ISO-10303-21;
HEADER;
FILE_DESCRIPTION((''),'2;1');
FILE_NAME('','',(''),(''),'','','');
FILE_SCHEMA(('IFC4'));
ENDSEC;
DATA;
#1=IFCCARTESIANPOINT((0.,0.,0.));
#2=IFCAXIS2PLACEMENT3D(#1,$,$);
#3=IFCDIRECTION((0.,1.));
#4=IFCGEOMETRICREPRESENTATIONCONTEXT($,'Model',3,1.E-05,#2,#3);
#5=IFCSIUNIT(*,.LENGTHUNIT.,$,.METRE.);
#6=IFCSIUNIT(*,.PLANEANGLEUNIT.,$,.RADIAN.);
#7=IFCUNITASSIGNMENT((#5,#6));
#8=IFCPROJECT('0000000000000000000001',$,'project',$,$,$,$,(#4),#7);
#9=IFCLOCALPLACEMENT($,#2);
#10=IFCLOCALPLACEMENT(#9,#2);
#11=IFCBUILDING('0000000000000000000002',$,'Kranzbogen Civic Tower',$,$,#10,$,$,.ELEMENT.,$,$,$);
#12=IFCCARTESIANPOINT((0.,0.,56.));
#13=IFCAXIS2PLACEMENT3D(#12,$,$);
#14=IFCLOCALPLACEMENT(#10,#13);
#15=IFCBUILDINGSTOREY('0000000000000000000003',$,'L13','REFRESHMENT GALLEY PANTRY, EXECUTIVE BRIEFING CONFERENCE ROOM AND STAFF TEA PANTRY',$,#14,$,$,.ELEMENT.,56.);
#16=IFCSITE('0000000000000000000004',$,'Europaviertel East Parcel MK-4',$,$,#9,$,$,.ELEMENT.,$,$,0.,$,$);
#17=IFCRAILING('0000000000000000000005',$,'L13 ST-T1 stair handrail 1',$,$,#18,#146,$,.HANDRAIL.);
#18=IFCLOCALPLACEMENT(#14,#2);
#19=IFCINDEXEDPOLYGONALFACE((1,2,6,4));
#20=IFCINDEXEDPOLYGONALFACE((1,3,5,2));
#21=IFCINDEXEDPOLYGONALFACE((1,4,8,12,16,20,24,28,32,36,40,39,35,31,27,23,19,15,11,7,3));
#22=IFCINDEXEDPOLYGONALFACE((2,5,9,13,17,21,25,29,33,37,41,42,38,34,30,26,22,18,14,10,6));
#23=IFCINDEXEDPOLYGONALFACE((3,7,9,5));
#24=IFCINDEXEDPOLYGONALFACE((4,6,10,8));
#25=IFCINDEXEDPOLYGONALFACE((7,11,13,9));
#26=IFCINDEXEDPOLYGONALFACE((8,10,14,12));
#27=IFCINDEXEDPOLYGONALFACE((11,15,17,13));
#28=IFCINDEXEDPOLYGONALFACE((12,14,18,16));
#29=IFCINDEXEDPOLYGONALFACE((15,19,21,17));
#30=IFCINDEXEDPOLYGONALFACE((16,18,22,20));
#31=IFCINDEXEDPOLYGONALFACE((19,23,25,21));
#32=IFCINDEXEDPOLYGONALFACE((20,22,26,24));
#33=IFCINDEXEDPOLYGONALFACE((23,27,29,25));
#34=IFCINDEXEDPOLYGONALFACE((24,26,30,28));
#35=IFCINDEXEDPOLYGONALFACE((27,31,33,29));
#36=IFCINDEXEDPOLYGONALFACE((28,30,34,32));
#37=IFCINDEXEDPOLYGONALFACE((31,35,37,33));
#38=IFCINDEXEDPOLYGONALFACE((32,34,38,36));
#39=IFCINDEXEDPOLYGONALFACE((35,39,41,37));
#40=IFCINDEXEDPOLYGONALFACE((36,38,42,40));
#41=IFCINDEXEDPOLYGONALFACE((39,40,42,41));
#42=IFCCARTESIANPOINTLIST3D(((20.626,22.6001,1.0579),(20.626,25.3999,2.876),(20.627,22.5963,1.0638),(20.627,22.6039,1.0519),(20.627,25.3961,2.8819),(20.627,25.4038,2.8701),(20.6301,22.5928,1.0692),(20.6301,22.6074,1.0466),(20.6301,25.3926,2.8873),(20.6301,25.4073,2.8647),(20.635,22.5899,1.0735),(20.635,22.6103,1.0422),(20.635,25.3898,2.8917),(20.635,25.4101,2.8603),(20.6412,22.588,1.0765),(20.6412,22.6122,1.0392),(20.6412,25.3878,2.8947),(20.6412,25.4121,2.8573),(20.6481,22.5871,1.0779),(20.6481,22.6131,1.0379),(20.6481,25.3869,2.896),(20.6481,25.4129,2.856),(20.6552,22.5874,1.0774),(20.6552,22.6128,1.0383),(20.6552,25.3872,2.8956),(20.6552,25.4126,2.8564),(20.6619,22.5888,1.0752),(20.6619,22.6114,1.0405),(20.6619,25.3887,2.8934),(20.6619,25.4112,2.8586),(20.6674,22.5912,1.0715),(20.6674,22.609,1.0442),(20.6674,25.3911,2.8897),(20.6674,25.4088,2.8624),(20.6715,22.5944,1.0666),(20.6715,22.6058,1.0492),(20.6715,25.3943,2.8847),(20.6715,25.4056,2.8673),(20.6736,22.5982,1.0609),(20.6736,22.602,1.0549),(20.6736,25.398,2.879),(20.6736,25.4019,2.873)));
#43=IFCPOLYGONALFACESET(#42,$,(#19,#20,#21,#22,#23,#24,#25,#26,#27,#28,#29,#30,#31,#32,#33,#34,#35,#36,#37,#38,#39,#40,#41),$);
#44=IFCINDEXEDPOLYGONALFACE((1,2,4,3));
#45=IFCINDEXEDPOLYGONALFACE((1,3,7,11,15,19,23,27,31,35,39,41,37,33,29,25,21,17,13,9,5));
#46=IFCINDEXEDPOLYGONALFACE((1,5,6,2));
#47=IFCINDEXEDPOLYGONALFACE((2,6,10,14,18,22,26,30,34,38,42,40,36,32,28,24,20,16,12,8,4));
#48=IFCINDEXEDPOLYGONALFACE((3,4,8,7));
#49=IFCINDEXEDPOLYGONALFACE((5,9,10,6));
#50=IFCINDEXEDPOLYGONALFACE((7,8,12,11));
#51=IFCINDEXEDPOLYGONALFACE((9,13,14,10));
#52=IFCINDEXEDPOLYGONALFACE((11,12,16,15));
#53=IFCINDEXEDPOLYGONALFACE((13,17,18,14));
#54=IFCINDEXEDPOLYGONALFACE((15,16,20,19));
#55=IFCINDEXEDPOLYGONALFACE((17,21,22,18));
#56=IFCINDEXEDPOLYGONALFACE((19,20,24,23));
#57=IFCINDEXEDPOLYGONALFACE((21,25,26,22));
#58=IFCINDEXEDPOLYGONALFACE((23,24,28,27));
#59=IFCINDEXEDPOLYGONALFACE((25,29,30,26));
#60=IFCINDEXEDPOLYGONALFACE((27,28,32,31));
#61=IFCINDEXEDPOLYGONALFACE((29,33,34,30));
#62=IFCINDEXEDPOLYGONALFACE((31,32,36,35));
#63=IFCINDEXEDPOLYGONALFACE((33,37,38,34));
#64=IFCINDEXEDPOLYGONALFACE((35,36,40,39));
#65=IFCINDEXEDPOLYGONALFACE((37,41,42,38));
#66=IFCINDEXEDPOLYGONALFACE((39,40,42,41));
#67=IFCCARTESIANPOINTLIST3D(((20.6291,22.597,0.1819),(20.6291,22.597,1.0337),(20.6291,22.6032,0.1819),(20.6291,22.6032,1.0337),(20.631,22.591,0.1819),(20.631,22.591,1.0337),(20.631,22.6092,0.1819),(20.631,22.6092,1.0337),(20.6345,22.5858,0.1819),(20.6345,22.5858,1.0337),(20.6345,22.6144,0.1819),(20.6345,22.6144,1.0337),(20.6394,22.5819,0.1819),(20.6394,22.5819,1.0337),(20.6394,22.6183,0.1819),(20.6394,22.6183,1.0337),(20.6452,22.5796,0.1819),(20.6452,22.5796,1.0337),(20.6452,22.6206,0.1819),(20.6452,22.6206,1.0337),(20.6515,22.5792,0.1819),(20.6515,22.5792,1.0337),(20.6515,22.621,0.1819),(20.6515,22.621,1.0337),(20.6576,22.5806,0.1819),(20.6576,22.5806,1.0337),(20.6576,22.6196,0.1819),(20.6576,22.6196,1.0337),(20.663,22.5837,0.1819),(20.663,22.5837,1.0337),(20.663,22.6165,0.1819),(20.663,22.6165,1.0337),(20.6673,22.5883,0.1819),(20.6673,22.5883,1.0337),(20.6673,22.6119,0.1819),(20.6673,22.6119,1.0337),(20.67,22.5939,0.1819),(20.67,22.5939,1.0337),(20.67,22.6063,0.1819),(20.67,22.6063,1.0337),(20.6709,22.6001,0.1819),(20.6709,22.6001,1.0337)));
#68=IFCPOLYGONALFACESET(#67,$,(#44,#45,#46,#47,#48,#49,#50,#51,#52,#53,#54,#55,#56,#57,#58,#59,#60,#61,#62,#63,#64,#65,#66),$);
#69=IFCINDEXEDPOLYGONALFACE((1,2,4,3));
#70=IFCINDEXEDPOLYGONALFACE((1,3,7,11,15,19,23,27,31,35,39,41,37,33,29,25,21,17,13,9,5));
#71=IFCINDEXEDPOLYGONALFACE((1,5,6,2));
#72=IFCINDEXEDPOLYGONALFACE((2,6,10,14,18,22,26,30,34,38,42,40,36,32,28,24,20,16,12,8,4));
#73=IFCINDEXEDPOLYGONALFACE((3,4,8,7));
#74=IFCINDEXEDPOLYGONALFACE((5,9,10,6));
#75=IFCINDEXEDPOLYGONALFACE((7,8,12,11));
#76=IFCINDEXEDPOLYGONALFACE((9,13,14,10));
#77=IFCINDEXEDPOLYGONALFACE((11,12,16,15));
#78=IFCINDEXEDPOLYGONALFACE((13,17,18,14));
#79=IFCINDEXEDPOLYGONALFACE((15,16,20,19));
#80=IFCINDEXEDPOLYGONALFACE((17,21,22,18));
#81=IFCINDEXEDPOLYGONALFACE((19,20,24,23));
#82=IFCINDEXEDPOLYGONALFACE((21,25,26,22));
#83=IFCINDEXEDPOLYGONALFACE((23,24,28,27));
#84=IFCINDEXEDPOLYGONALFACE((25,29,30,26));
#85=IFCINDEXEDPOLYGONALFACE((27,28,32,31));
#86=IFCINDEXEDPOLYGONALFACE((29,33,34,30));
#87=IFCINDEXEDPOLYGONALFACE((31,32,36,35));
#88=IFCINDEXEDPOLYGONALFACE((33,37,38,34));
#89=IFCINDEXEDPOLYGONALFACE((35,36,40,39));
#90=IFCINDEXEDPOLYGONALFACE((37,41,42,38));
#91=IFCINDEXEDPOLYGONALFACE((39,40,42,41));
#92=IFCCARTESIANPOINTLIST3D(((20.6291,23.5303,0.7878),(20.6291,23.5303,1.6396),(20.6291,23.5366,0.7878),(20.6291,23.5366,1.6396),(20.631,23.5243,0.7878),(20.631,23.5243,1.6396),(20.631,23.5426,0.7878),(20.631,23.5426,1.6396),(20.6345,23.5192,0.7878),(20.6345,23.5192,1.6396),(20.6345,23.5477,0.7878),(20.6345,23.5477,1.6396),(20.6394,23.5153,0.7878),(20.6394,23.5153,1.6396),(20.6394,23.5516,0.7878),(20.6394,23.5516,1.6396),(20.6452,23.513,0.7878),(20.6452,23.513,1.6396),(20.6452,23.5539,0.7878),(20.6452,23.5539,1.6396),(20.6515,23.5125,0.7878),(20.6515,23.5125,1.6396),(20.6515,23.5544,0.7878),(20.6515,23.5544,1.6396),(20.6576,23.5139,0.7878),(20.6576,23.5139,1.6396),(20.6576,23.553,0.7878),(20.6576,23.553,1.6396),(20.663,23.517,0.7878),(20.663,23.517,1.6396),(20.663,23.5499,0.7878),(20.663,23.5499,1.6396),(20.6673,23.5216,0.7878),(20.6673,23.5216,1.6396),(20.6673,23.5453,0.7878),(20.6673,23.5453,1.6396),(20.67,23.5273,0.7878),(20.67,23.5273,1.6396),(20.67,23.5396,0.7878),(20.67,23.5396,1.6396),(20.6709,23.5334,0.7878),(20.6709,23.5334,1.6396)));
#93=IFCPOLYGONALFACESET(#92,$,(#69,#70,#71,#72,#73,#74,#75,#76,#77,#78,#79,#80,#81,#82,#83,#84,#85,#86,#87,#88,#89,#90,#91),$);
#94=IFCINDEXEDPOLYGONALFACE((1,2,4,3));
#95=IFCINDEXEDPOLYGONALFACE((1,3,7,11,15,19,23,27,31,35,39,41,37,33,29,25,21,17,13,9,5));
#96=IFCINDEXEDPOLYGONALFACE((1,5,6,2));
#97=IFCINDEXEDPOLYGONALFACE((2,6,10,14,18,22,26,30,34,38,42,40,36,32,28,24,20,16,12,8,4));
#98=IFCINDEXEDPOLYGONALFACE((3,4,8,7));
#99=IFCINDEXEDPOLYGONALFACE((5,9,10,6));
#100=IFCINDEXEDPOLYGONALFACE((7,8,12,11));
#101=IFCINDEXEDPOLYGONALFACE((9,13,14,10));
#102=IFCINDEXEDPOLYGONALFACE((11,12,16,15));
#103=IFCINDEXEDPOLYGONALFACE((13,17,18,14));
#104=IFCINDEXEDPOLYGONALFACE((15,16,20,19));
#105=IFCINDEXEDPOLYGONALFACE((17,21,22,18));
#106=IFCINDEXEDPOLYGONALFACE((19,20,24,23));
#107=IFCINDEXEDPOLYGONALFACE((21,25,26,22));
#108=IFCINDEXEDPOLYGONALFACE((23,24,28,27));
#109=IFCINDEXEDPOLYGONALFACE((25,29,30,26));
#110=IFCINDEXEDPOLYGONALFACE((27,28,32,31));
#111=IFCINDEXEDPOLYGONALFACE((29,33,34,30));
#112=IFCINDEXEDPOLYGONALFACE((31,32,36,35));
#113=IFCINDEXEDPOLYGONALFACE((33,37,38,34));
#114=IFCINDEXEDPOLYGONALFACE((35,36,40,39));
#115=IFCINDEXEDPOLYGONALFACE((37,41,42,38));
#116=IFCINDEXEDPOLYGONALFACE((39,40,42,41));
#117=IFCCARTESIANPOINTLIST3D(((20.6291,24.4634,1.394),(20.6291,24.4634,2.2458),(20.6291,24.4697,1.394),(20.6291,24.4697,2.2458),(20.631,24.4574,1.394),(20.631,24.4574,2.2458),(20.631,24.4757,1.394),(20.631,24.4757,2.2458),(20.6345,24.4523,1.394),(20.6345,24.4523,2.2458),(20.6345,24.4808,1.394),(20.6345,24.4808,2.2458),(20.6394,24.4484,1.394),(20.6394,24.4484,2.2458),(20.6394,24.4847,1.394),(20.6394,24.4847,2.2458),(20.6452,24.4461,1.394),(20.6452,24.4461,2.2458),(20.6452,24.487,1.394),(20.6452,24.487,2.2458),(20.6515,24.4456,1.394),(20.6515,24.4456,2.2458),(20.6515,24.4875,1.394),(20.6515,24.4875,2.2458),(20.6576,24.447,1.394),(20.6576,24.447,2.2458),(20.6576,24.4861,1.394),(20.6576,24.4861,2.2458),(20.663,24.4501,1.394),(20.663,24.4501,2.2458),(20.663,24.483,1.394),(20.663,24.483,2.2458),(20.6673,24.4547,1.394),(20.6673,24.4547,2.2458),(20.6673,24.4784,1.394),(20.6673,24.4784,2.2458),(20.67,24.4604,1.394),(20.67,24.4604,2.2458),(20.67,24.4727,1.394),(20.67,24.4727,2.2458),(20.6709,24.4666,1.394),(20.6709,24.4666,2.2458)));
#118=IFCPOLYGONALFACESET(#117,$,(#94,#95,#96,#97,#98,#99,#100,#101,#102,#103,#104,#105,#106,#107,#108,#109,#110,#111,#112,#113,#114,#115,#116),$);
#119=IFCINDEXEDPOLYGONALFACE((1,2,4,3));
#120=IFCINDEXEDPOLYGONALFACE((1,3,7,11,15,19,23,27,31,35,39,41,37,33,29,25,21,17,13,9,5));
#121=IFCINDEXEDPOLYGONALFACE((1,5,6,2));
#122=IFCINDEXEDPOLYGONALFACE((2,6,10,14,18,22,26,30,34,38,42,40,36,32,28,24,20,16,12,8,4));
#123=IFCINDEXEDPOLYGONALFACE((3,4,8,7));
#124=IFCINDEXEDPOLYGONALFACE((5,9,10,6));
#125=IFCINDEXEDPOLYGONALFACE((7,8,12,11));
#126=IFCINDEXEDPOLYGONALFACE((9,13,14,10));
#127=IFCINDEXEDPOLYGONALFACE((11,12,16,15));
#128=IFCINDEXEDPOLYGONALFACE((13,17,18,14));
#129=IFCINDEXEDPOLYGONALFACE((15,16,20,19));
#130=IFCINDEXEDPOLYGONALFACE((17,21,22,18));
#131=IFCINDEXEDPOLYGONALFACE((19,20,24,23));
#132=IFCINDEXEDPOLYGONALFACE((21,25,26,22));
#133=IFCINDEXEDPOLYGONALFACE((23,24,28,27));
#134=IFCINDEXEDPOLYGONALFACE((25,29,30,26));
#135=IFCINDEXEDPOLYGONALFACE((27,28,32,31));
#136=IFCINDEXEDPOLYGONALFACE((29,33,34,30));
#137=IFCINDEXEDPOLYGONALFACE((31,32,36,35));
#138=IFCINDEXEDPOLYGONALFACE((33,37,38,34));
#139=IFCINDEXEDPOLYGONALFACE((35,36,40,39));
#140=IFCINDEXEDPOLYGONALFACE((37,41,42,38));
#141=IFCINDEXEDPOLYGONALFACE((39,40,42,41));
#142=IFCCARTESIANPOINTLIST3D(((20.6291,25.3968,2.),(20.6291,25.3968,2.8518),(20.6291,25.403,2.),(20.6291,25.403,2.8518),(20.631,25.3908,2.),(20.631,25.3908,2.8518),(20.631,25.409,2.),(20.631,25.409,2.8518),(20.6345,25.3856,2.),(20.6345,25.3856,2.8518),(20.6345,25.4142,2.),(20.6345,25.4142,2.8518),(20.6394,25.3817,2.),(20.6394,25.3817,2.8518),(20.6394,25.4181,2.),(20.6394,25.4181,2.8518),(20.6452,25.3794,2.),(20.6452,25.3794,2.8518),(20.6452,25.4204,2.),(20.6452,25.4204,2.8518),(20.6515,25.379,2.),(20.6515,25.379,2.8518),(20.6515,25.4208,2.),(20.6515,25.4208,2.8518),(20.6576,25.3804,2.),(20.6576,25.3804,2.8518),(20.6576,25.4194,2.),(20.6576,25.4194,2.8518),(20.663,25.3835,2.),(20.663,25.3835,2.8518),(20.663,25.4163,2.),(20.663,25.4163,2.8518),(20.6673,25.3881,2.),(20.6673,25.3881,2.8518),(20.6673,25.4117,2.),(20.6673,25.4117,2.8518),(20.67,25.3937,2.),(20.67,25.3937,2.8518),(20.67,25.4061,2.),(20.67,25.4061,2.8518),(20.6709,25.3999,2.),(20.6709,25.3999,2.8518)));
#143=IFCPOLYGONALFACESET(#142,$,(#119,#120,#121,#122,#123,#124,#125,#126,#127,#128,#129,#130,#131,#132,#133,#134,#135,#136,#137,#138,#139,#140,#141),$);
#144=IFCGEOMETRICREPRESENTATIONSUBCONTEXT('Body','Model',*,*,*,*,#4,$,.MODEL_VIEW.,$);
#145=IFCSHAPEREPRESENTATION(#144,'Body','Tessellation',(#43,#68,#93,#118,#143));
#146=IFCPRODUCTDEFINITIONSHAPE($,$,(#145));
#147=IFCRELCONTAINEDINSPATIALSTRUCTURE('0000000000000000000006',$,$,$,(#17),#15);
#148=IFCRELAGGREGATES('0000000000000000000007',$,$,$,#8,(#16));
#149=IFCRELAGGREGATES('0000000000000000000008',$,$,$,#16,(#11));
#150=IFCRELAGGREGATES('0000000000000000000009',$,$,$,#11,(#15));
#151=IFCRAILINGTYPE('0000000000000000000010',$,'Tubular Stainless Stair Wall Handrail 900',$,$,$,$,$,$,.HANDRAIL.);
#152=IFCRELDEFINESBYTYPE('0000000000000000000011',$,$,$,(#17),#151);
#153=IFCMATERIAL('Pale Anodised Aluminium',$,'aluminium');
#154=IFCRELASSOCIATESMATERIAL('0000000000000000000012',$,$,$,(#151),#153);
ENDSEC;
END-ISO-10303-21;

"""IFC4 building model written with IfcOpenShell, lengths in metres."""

from ifc_helpers import new_model, si_unit, direction, frame, origin, origin_2d, place, context, subcontext, project, spatial, circle, extrude, material, type_object, element, save


model = new_model("IFC4")

# Units and contexts
model_context = context("Model", 3, precision=1e-05, world=origin(), true_north=direction((0.0, 1.0)))
body_context = subcontext(model_context, "Body", "Model", "MODEL_VIEW")
ifc_project = project(units=[si_unit("LENGTHUNIT", "METRE"), si_unit("PLANEANGLEUNIT", "RADIAN")], contexts=[model_context])

# Site, building, storey
site_placement = place(None, origin())
site = spatial("IfcSite", under=ifc_project, at=site_placement, Name="Europaviertel East Parcel MK-4", CompositionType="ELEMENT", RefElevation=0.0)
building_placement = place(site_placement, origin())
building = spatial("IfcBuilding", under=site, at=building_placement, Name="Kranzbogen Civic Tower", CompositionType="ELEMENT")
storey_placement = place(building_placement, frame((0.0, 0.0, 56.0)))
storey = spatial("IfcBuildingStorey", under=building, at=storey_placement, Name="L13", Description="REFRESHMENT GALLEY PANTRY, EXECUTIVE BRIEFING CONFERENCE ROOM AND STAFF TEA PANTRY", CompositionType="ELEMENT", Elevation=56.0)

# Shared definitions
ifc_material_1 = material(Name="Pale Anodised Aluminium", Category="aluminium")

# Railing
railing_type_1 = type_object("IfcRailingType", Name="Tubular Stainless Stair Wall Handrail 900", PredefinedType="HANDRAIL", material=ifc_material_1)
railing_1_placement = place(storey_placement, frame((20.6499, 22.6001, 0.1819)))
element("IfcRailing", 1, at=railing_1_placement, inside=storey, type_object=railing_type_1, Name="L13 ST-T1 stair handrail 1", PredefinedType="HANDRAIL", context=body_context, shape_type="SweptSolid", body=[
    extrude(circle(Radius=0.0239, at=origin_2d()), frame((0.0, 0.0, 0.876), z_axis=(0.0, 0.838684, 0.544618), x_axis=(-1.0, 0.0, 0.0)), (0.0, 0.0, 1.0), 3.3384),
    extrude(circle(Radius=0.021, at=origin_2d()), origin(), (0.0, 0.0, 1.0), 0.8518),
    extrude(circle(Radius=0.021, at=origin_2d()), frame((0.0, 0.9333, 0.606)), (0.0, 0.0, 1.0), 0.8518),
    extrude(circle(Radius=0.021, at=origin_2d()), frame((0.0, 1.8665, 1.2122)), (0.0, 0.0, 1.0), 0.8518),
    extrude(circle(Radius=0.021, at=origin_2d()), frame((0.0, 2.7998, 1.8181)), (0.0, 0.0, 1.0), 0.8518),
])

save(model, "model.ifc")
